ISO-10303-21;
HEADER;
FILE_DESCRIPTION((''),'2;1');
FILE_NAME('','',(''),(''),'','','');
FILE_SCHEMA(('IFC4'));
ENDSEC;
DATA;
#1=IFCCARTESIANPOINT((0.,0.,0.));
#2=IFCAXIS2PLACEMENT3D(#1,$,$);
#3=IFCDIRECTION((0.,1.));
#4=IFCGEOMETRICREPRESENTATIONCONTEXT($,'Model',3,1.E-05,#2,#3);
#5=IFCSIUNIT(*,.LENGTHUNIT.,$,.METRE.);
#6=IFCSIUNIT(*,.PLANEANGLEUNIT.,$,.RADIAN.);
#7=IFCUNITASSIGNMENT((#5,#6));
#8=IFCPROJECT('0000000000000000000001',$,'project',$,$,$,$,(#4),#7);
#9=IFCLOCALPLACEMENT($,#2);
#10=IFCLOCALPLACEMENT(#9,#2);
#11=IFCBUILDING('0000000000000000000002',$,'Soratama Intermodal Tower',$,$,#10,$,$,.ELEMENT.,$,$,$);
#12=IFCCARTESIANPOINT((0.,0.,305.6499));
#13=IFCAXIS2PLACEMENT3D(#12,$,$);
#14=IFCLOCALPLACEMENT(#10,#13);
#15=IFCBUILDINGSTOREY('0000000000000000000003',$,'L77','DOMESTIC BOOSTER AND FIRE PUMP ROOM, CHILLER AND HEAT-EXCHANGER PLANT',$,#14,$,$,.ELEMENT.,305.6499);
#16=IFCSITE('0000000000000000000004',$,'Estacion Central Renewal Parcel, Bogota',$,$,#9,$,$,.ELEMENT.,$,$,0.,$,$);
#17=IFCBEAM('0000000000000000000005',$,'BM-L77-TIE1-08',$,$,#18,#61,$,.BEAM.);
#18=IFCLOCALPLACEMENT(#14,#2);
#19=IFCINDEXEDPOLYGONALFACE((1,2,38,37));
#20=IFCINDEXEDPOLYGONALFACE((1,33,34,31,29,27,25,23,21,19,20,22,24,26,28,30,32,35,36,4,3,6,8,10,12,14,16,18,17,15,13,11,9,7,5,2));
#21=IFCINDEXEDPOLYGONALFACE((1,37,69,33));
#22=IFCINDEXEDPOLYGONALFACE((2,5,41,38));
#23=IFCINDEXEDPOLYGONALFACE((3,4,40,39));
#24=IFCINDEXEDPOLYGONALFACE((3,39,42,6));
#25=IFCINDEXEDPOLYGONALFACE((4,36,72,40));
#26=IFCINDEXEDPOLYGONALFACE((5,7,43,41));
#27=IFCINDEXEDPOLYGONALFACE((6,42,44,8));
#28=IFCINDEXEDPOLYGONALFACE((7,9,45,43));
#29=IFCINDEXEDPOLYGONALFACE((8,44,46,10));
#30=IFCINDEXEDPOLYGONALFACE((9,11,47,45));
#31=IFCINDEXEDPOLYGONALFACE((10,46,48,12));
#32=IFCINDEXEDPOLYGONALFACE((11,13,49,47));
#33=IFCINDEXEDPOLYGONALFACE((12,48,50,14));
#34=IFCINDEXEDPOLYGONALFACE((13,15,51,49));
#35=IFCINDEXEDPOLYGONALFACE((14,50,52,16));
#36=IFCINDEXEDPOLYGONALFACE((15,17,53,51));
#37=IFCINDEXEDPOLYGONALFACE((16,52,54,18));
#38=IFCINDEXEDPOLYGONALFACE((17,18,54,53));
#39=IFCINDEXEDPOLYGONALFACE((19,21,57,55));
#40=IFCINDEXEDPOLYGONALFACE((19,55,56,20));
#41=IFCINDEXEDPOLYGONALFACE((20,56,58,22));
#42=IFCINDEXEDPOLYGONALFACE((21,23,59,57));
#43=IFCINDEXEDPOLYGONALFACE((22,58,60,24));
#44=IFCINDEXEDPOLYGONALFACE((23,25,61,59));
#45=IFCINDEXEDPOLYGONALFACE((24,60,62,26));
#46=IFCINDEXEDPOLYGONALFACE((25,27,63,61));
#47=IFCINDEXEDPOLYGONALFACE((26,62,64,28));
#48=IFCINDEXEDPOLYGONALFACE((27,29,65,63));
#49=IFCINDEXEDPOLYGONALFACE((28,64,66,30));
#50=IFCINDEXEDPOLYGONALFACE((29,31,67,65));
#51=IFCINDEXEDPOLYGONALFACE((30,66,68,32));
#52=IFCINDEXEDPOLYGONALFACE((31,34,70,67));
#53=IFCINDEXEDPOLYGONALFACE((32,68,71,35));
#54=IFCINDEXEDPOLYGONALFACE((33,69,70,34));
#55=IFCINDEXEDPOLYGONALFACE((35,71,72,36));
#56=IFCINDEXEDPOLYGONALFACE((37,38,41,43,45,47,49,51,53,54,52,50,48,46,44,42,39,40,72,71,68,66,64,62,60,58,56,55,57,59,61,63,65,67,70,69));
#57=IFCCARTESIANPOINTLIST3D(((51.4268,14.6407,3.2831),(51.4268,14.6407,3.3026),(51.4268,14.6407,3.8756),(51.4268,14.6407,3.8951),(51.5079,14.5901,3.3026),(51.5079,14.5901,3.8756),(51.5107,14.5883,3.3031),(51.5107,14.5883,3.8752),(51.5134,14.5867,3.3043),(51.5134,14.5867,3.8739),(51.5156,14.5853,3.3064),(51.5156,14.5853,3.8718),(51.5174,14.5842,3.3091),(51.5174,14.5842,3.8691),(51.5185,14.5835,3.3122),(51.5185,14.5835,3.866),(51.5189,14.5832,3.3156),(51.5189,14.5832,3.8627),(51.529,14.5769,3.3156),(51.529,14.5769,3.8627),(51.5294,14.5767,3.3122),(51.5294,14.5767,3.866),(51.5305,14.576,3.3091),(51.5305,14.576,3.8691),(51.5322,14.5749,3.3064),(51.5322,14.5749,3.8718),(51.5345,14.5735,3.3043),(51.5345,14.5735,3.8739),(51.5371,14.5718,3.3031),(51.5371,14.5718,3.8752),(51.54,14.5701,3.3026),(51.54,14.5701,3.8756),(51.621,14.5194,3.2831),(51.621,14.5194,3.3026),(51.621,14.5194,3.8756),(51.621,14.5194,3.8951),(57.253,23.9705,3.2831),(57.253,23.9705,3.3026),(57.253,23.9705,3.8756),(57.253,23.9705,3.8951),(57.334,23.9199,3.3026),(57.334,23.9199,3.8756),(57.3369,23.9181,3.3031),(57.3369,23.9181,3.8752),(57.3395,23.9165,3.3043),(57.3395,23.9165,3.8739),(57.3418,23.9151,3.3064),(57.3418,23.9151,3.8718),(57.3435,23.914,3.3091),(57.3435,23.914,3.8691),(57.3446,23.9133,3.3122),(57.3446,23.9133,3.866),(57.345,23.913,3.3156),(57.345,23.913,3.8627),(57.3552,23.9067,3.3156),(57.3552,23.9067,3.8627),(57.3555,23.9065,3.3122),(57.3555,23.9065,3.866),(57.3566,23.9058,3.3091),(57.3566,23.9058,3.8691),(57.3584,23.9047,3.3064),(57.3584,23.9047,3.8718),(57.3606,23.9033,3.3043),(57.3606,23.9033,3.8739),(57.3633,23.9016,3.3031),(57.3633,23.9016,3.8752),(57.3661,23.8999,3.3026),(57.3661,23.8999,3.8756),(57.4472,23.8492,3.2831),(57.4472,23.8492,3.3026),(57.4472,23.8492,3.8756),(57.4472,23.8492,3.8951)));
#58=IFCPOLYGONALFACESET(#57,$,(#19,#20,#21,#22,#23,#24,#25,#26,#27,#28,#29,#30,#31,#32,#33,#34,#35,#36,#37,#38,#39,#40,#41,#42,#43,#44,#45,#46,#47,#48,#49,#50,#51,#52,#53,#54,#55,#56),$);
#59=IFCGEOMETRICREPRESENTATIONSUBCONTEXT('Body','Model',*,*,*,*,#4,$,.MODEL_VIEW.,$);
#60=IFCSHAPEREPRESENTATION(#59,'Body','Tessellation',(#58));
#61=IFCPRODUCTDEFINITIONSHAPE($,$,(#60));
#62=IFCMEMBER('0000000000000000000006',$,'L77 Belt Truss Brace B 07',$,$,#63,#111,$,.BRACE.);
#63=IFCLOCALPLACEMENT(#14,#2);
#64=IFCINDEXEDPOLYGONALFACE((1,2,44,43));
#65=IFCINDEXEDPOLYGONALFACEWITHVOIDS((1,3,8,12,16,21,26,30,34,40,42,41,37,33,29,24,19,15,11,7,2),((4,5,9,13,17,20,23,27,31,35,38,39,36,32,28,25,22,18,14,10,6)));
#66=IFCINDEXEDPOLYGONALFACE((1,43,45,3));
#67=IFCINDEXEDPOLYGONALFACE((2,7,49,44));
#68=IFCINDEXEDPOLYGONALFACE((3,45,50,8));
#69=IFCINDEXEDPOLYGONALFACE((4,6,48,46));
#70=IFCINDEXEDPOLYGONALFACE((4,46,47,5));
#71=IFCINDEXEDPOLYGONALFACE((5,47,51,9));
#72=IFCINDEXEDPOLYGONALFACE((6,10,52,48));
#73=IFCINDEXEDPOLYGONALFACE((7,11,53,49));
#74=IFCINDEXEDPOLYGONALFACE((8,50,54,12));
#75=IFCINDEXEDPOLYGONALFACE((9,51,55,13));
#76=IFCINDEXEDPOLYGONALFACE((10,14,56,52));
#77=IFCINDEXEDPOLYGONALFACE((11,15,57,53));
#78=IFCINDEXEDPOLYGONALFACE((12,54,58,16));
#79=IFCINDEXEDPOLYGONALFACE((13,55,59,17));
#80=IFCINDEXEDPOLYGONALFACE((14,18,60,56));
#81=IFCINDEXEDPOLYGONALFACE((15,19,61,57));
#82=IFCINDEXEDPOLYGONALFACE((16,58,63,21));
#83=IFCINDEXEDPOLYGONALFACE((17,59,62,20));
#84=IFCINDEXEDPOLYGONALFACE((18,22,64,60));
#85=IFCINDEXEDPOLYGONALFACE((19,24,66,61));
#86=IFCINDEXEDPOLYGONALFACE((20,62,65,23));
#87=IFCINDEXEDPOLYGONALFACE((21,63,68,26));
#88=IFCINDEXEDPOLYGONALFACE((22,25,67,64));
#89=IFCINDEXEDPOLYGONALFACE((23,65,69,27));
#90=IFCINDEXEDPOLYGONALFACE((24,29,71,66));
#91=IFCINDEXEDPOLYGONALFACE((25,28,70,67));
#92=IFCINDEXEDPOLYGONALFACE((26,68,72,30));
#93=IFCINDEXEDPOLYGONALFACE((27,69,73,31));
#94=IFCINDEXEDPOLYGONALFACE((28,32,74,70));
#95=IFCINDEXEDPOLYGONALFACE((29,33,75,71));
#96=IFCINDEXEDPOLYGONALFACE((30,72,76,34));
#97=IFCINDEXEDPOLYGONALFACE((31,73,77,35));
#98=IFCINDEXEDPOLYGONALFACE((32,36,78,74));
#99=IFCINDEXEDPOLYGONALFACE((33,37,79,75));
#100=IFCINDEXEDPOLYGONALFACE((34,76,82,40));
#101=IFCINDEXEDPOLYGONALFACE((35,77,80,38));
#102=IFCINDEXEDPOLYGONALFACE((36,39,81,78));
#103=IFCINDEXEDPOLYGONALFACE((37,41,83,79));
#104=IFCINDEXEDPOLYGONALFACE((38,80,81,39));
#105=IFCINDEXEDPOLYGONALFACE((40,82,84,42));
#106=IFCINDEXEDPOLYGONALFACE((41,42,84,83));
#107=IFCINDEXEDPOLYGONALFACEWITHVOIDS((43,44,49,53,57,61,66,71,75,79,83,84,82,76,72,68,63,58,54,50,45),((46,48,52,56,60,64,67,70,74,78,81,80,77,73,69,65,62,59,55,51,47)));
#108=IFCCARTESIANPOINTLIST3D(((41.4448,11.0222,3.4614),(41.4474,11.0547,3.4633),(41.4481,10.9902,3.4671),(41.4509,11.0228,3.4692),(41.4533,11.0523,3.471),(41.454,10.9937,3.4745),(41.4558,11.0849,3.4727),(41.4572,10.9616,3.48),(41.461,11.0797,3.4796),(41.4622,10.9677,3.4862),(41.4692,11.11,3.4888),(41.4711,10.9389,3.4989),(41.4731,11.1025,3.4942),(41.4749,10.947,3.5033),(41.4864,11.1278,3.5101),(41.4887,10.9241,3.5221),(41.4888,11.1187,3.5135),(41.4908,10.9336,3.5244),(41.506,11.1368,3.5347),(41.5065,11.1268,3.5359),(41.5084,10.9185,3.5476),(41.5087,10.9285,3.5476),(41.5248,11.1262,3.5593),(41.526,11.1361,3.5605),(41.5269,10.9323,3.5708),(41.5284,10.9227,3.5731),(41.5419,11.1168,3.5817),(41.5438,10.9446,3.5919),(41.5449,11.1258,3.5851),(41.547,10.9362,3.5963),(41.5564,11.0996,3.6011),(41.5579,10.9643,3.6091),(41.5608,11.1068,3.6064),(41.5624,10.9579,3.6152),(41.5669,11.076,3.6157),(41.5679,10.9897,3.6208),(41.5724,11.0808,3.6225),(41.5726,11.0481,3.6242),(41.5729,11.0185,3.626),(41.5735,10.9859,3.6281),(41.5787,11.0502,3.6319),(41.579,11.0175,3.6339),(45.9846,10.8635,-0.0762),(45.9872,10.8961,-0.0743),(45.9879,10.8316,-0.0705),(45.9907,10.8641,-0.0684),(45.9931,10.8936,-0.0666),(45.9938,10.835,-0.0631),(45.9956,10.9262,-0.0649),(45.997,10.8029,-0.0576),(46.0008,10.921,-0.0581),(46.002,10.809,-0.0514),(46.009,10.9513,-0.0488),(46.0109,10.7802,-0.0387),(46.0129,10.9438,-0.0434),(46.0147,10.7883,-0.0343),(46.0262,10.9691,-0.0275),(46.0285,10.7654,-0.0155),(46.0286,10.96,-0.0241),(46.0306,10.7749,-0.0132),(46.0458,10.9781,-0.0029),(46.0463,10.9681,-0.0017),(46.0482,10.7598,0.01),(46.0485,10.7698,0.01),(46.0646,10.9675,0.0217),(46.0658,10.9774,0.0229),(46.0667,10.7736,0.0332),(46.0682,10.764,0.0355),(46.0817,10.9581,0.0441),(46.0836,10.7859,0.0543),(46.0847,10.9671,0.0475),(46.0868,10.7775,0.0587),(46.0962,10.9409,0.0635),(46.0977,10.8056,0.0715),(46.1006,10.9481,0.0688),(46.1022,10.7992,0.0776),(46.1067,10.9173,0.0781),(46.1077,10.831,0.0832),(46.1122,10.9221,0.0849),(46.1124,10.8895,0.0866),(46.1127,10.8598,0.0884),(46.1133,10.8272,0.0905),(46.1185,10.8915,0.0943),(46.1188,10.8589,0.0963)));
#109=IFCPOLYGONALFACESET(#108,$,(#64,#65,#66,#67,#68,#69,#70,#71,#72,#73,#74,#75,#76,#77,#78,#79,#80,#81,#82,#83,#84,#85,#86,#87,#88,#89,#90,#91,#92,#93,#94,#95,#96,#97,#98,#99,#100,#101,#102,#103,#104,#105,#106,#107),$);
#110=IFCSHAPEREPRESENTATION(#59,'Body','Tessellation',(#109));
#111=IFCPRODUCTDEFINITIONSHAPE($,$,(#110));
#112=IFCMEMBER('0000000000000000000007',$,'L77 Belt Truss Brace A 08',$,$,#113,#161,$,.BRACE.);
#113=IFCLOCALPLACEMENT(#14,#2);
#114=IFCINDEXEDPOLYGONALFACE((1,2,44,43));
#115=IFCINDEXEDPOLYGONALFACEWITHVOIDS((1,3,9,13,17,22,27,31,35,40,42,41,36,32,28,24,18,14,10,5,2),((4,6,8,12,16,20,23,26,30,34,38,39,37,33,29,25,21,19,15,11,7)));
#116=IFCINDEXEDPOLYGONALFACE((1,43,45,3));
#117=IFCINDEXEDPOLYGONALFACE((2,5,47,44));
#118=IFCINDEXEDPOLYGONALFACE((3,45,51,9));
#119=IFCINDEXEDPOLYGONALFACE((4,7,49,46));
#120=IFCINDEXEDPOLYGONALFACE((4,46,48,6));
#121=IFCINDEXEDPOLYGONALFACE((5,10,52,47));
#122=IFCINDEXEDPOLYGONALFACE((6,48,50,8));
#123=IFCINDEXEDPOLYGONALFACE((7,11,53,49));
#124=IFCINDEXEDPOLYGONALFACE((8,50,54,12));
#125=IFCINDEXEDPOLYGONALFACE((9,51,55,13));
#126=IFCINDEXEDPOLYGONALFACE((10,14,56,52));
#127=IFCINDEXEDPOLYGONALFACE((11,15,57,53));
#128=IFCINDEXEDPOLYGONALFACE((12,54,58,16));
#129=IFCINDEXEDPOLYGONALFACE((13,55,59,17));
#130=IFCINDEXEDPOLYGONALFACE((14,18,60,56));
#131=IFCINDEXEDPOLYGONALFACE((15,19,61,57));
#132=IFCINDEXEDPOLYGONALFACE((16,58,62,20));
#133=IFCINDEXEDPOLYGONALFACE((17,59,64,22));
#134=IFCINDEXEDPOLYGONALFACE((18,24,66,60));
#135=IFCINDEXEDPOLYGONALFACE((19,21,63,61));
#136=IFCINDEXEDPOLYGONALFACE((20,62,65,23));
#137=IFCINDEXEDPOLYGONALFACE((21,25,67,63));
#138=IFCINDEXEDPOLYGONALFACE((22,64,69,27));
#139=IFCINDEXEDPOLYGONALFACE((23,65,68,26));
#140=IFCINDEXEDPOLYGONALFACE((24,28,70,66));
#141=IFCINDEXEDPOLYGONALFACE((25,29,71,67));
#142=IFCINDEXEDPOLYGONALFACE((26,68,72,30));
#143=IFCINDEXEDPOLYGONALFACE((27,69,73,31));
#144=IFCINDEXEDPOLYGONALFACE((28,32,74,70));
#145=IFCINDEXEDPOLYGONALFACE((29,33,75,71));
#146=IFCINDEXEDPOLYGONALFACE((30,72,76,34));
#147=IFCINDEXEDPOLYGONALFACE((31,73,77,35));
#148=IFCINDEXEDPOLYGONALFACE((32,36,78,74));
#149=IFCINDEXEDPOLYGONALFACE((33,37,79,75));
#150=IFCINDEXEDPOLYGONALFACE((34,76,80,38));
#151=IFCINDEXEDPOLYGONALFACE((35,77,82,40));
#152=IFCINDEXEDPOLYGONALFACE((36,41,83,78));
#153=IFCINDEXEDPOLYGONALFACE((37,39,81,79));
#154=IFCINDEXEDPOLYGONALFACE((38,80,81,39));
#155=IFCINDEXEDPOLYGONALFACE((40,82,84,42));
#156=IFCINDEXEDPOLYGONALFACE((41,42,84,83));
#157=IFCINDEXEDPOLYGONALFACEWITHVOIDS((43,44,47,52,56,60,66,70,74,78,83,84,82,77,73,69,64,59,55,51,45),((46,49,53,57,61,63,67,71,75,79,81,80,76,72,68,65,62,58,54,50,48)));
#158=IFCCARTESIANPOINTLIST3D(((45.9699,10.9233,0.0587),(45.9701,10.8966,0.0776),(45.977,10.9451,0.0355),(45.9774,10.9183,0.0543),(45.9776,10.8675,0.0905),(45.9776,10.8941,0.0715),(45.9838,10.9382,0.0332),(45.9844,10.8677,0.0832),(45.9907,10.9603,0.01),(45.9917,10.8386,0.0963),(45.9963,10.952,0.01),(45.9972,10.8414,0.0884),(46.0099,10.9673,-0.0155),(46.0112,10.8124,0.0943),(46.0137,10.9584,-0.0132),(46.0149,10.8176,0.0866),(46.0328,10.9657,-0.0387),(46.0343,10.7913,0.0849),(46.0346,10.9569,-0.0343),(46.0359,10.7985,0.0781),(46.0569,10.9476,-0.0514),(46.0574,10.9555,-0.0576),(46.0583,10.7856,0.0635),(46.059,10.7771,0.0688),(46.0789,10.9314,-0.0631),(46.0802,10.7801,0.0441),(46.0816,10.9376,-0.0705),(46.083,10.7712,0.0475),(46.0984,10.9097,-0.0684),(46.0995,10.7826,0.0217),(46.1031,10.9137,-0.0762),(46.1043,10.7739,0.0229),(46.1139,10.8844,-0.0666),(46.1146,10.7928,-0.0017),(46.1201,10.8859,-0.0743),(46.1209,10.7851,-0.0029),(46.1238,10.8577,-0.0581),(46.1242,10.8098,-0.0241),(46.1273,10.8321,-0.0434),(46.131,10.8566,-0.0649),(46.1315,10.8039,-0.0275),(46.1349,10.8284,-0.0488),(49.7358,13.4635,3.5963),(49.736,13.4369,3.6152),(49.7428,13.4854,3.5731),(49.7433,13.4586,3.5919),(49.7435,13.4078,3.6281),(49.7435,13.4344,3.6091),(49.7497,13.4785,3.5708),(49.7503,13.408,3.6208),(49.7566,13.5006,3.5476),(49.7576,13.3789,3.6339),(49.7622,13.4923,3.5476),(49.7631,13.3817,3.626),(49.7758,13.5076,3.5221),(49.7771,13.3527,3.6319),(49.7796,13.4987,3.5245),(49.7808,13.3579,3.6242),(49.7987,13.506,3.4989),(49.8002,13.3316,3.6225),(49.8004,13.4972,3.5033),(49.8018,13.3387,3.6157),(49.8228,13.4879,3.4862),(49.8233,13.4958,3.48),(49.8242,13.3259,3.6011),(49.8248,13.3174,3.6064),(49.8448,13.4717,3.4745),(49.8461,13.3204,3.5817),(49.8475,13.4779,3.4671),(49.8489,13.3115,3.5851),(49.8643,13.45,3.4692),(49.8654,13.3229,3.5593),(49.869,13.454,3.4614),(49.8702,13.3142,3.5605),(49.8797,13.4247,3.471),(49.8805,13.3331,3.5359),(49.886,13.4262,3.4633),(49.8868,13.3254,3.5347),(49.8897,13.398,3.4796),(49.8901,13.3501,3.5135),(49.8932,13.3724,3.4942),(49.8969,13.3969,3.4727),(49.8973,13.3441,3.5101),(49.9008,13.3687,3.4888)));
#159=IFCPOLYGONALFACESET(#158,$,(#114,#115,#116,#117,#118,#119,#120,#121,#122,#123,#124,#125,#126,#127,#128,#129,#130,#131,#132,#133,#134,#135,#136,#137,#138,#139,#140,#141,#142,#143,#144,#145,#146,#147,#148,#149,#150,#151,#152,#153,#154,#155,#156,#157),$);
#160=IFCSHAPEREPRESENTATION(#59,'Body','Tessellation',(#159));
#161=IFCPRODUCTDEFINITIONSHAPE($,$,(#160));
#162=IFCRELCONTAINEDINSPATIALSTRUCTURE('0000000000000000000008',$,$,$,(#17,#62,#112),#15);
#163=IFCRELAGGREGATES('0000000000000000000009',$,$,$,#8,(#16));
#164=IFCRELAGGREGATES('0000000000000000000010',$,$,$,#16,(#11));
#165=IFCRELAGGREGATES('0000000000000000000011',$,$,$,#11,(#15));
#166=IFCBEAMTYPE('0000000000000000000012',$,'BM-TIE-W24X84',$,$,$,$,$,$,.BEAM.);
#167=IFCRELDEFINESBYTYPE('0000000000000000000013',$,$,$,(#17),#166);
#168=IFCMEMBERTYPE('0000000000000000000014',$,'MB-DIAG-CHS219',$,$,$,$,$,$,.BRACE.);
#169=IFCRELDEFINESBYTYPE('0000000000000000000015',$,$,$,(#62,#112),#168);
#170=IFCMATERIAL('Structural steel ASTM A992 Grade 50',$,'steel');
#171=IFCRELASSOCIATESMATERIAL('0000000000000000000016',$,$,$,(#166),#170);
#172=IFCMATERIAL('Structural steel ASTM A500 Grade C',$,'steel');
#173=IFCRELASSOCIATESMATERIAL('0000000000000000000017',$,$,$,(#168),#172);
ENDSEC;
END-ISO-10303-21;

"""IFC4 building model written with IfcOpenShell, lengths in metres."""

from ifc_helpers import new_model, si_unit, direction, frame, origin, origin_2d, place, context, subcontext, project, spatial, hollow_circle, i_section, extrude, material, material_profile, profile_set, type_object, element, save


model = new_model("IFC4")

# Units and contexts
model_context = context("Model", 3, precision=1e-05, world=origin(), true_north=direction((0.0, 1.0)))
body_context = subcontext(model_context, "Body", "Model", "MODEL_VIEW")
ifc_project = project(units=[si_unit("LENGTHUNIT", "METRE"), si_unit("PLANEANGLEUNIT", "RADIAN")], contexts=[model_context])

# Site, building, storey
site_placement = place(None, origin())
site = spatial("IfcSite", under=ifc_project, at=site_placement, Name="Estacion Central Renewal Parcel, Bogota", CompositionType="ELEMENT", RefElevation=0.0)
building_placement = place(site_placement, origin())
building = spatial("IfcBuilding", under=site, at=building_placement, Name="Soratama Intermodal Tower", CompositionType="ELEMENT")
storey_placement = place(building_placement, frame((0.0, 0.0, 305.6499)))
storey = spatial("IfcBuildingStorey", under=building, at=storey_placement, Name="L77", Description="DOMESTIC BOOSTER AND FIRE PUMP ROOM, CHILLER AND HEAT-EXCHANGER PLANT", CompositionType="ELEMENT", Elevation=305.6499)

# Beam
ifc_material_1 = material(Name="Structural steel ASTM A992 Grade 50", Category="steel")
ifc_material_profile_1 = material_profile(ifc_material_1, i_section(OverallWidth=0.229, OverallDepth=0.6121, WebThickness=0.012, FlangeThickness=0.0195, FilletRadius=0.0129, at=origin_2d()), Name="W24X84")
ifc_profile_set_1 = profile_set([ifc_material_profile_1], Name="Structural steel ASTM A992 Grade 50")
beam_type_1 = type_object("IfcBeamType", Name="BM-TIE-W24X84", PredefinedType="BEAM", material=ifc_profile_set_1)
beam_1_placement = place(storey_placement, frame((51.5239, 14.5801, 3.5891), z_axis=(0.529674, 0.848201, 0.0), x_axis=(-0.848201, 0.529674, 0.0)))
element("IfcBeam", 1, at=beam_1_placement, inside=storey, type_object=beam_type_1, Name="BM-L77-TIE1-08", PredefinedType="BEAM", context=body_context, shape_type="SweptSolid", body=[
    extrude(i_section(OverallWidth=0.229, OverallDepth=0.6121, WebThickness=0.012, FlangeThickness=0.0195, FilletRadius=0.0129, at=origin_2d()), origin(), (0.0, 0.0, 1.0), 10.9995),
])

# Members
ifc_material_2 = material(Name="Structural steel ASTM A500 Grade C", Category="steel")
ifc_material_profile_2 = material_profile(ifc_material_2, hollow_circle(Radius=0.1096, WallThickness=0.01, at=origin_2d()), Name="CHS219X10")
ifc_profile_set_2 = profile_set([ifc_material_profile_2], Name="Structural steel ASTM A500 Grade C")
member_type = type_object("IfcMemberType", Name="MB-DIAG-CHS219", PredefinedType="BRACE", material=ifc_profile_set_2)
for number, where, z_axis, x_axis, name in (
    (2, (46.052, 10.8694, 0.01), (-0.788493, 0.027562, 0.614426), (-0.034934, -0.99939, 0.0), "L77 Belt Truss Brace B 07"),
    (3, (46.052, 10.8694, 0.01), (0.654075, 0.441209, 0.614427), (-0.559219, 0.82902, 0.0), "L77 Belt Truss Brace A 08"),
):
    element("IfcMember", number, at=place(storey_placement, frame(where, z_axis=z_axis, x_axis=x_axis)), inside=storey, type_object=member_type, Name=name, PredefinedType="BRACE", context=body_context, shape_type="SweptSolid", body=[
        extrude(hollow_circle(Radius=0.1096, WallThickness=0.01, at=origin_2d()), origin(), (0.0, 0.0, 1.0), 5.7576),
    ])

save(model, "model.ifc")
